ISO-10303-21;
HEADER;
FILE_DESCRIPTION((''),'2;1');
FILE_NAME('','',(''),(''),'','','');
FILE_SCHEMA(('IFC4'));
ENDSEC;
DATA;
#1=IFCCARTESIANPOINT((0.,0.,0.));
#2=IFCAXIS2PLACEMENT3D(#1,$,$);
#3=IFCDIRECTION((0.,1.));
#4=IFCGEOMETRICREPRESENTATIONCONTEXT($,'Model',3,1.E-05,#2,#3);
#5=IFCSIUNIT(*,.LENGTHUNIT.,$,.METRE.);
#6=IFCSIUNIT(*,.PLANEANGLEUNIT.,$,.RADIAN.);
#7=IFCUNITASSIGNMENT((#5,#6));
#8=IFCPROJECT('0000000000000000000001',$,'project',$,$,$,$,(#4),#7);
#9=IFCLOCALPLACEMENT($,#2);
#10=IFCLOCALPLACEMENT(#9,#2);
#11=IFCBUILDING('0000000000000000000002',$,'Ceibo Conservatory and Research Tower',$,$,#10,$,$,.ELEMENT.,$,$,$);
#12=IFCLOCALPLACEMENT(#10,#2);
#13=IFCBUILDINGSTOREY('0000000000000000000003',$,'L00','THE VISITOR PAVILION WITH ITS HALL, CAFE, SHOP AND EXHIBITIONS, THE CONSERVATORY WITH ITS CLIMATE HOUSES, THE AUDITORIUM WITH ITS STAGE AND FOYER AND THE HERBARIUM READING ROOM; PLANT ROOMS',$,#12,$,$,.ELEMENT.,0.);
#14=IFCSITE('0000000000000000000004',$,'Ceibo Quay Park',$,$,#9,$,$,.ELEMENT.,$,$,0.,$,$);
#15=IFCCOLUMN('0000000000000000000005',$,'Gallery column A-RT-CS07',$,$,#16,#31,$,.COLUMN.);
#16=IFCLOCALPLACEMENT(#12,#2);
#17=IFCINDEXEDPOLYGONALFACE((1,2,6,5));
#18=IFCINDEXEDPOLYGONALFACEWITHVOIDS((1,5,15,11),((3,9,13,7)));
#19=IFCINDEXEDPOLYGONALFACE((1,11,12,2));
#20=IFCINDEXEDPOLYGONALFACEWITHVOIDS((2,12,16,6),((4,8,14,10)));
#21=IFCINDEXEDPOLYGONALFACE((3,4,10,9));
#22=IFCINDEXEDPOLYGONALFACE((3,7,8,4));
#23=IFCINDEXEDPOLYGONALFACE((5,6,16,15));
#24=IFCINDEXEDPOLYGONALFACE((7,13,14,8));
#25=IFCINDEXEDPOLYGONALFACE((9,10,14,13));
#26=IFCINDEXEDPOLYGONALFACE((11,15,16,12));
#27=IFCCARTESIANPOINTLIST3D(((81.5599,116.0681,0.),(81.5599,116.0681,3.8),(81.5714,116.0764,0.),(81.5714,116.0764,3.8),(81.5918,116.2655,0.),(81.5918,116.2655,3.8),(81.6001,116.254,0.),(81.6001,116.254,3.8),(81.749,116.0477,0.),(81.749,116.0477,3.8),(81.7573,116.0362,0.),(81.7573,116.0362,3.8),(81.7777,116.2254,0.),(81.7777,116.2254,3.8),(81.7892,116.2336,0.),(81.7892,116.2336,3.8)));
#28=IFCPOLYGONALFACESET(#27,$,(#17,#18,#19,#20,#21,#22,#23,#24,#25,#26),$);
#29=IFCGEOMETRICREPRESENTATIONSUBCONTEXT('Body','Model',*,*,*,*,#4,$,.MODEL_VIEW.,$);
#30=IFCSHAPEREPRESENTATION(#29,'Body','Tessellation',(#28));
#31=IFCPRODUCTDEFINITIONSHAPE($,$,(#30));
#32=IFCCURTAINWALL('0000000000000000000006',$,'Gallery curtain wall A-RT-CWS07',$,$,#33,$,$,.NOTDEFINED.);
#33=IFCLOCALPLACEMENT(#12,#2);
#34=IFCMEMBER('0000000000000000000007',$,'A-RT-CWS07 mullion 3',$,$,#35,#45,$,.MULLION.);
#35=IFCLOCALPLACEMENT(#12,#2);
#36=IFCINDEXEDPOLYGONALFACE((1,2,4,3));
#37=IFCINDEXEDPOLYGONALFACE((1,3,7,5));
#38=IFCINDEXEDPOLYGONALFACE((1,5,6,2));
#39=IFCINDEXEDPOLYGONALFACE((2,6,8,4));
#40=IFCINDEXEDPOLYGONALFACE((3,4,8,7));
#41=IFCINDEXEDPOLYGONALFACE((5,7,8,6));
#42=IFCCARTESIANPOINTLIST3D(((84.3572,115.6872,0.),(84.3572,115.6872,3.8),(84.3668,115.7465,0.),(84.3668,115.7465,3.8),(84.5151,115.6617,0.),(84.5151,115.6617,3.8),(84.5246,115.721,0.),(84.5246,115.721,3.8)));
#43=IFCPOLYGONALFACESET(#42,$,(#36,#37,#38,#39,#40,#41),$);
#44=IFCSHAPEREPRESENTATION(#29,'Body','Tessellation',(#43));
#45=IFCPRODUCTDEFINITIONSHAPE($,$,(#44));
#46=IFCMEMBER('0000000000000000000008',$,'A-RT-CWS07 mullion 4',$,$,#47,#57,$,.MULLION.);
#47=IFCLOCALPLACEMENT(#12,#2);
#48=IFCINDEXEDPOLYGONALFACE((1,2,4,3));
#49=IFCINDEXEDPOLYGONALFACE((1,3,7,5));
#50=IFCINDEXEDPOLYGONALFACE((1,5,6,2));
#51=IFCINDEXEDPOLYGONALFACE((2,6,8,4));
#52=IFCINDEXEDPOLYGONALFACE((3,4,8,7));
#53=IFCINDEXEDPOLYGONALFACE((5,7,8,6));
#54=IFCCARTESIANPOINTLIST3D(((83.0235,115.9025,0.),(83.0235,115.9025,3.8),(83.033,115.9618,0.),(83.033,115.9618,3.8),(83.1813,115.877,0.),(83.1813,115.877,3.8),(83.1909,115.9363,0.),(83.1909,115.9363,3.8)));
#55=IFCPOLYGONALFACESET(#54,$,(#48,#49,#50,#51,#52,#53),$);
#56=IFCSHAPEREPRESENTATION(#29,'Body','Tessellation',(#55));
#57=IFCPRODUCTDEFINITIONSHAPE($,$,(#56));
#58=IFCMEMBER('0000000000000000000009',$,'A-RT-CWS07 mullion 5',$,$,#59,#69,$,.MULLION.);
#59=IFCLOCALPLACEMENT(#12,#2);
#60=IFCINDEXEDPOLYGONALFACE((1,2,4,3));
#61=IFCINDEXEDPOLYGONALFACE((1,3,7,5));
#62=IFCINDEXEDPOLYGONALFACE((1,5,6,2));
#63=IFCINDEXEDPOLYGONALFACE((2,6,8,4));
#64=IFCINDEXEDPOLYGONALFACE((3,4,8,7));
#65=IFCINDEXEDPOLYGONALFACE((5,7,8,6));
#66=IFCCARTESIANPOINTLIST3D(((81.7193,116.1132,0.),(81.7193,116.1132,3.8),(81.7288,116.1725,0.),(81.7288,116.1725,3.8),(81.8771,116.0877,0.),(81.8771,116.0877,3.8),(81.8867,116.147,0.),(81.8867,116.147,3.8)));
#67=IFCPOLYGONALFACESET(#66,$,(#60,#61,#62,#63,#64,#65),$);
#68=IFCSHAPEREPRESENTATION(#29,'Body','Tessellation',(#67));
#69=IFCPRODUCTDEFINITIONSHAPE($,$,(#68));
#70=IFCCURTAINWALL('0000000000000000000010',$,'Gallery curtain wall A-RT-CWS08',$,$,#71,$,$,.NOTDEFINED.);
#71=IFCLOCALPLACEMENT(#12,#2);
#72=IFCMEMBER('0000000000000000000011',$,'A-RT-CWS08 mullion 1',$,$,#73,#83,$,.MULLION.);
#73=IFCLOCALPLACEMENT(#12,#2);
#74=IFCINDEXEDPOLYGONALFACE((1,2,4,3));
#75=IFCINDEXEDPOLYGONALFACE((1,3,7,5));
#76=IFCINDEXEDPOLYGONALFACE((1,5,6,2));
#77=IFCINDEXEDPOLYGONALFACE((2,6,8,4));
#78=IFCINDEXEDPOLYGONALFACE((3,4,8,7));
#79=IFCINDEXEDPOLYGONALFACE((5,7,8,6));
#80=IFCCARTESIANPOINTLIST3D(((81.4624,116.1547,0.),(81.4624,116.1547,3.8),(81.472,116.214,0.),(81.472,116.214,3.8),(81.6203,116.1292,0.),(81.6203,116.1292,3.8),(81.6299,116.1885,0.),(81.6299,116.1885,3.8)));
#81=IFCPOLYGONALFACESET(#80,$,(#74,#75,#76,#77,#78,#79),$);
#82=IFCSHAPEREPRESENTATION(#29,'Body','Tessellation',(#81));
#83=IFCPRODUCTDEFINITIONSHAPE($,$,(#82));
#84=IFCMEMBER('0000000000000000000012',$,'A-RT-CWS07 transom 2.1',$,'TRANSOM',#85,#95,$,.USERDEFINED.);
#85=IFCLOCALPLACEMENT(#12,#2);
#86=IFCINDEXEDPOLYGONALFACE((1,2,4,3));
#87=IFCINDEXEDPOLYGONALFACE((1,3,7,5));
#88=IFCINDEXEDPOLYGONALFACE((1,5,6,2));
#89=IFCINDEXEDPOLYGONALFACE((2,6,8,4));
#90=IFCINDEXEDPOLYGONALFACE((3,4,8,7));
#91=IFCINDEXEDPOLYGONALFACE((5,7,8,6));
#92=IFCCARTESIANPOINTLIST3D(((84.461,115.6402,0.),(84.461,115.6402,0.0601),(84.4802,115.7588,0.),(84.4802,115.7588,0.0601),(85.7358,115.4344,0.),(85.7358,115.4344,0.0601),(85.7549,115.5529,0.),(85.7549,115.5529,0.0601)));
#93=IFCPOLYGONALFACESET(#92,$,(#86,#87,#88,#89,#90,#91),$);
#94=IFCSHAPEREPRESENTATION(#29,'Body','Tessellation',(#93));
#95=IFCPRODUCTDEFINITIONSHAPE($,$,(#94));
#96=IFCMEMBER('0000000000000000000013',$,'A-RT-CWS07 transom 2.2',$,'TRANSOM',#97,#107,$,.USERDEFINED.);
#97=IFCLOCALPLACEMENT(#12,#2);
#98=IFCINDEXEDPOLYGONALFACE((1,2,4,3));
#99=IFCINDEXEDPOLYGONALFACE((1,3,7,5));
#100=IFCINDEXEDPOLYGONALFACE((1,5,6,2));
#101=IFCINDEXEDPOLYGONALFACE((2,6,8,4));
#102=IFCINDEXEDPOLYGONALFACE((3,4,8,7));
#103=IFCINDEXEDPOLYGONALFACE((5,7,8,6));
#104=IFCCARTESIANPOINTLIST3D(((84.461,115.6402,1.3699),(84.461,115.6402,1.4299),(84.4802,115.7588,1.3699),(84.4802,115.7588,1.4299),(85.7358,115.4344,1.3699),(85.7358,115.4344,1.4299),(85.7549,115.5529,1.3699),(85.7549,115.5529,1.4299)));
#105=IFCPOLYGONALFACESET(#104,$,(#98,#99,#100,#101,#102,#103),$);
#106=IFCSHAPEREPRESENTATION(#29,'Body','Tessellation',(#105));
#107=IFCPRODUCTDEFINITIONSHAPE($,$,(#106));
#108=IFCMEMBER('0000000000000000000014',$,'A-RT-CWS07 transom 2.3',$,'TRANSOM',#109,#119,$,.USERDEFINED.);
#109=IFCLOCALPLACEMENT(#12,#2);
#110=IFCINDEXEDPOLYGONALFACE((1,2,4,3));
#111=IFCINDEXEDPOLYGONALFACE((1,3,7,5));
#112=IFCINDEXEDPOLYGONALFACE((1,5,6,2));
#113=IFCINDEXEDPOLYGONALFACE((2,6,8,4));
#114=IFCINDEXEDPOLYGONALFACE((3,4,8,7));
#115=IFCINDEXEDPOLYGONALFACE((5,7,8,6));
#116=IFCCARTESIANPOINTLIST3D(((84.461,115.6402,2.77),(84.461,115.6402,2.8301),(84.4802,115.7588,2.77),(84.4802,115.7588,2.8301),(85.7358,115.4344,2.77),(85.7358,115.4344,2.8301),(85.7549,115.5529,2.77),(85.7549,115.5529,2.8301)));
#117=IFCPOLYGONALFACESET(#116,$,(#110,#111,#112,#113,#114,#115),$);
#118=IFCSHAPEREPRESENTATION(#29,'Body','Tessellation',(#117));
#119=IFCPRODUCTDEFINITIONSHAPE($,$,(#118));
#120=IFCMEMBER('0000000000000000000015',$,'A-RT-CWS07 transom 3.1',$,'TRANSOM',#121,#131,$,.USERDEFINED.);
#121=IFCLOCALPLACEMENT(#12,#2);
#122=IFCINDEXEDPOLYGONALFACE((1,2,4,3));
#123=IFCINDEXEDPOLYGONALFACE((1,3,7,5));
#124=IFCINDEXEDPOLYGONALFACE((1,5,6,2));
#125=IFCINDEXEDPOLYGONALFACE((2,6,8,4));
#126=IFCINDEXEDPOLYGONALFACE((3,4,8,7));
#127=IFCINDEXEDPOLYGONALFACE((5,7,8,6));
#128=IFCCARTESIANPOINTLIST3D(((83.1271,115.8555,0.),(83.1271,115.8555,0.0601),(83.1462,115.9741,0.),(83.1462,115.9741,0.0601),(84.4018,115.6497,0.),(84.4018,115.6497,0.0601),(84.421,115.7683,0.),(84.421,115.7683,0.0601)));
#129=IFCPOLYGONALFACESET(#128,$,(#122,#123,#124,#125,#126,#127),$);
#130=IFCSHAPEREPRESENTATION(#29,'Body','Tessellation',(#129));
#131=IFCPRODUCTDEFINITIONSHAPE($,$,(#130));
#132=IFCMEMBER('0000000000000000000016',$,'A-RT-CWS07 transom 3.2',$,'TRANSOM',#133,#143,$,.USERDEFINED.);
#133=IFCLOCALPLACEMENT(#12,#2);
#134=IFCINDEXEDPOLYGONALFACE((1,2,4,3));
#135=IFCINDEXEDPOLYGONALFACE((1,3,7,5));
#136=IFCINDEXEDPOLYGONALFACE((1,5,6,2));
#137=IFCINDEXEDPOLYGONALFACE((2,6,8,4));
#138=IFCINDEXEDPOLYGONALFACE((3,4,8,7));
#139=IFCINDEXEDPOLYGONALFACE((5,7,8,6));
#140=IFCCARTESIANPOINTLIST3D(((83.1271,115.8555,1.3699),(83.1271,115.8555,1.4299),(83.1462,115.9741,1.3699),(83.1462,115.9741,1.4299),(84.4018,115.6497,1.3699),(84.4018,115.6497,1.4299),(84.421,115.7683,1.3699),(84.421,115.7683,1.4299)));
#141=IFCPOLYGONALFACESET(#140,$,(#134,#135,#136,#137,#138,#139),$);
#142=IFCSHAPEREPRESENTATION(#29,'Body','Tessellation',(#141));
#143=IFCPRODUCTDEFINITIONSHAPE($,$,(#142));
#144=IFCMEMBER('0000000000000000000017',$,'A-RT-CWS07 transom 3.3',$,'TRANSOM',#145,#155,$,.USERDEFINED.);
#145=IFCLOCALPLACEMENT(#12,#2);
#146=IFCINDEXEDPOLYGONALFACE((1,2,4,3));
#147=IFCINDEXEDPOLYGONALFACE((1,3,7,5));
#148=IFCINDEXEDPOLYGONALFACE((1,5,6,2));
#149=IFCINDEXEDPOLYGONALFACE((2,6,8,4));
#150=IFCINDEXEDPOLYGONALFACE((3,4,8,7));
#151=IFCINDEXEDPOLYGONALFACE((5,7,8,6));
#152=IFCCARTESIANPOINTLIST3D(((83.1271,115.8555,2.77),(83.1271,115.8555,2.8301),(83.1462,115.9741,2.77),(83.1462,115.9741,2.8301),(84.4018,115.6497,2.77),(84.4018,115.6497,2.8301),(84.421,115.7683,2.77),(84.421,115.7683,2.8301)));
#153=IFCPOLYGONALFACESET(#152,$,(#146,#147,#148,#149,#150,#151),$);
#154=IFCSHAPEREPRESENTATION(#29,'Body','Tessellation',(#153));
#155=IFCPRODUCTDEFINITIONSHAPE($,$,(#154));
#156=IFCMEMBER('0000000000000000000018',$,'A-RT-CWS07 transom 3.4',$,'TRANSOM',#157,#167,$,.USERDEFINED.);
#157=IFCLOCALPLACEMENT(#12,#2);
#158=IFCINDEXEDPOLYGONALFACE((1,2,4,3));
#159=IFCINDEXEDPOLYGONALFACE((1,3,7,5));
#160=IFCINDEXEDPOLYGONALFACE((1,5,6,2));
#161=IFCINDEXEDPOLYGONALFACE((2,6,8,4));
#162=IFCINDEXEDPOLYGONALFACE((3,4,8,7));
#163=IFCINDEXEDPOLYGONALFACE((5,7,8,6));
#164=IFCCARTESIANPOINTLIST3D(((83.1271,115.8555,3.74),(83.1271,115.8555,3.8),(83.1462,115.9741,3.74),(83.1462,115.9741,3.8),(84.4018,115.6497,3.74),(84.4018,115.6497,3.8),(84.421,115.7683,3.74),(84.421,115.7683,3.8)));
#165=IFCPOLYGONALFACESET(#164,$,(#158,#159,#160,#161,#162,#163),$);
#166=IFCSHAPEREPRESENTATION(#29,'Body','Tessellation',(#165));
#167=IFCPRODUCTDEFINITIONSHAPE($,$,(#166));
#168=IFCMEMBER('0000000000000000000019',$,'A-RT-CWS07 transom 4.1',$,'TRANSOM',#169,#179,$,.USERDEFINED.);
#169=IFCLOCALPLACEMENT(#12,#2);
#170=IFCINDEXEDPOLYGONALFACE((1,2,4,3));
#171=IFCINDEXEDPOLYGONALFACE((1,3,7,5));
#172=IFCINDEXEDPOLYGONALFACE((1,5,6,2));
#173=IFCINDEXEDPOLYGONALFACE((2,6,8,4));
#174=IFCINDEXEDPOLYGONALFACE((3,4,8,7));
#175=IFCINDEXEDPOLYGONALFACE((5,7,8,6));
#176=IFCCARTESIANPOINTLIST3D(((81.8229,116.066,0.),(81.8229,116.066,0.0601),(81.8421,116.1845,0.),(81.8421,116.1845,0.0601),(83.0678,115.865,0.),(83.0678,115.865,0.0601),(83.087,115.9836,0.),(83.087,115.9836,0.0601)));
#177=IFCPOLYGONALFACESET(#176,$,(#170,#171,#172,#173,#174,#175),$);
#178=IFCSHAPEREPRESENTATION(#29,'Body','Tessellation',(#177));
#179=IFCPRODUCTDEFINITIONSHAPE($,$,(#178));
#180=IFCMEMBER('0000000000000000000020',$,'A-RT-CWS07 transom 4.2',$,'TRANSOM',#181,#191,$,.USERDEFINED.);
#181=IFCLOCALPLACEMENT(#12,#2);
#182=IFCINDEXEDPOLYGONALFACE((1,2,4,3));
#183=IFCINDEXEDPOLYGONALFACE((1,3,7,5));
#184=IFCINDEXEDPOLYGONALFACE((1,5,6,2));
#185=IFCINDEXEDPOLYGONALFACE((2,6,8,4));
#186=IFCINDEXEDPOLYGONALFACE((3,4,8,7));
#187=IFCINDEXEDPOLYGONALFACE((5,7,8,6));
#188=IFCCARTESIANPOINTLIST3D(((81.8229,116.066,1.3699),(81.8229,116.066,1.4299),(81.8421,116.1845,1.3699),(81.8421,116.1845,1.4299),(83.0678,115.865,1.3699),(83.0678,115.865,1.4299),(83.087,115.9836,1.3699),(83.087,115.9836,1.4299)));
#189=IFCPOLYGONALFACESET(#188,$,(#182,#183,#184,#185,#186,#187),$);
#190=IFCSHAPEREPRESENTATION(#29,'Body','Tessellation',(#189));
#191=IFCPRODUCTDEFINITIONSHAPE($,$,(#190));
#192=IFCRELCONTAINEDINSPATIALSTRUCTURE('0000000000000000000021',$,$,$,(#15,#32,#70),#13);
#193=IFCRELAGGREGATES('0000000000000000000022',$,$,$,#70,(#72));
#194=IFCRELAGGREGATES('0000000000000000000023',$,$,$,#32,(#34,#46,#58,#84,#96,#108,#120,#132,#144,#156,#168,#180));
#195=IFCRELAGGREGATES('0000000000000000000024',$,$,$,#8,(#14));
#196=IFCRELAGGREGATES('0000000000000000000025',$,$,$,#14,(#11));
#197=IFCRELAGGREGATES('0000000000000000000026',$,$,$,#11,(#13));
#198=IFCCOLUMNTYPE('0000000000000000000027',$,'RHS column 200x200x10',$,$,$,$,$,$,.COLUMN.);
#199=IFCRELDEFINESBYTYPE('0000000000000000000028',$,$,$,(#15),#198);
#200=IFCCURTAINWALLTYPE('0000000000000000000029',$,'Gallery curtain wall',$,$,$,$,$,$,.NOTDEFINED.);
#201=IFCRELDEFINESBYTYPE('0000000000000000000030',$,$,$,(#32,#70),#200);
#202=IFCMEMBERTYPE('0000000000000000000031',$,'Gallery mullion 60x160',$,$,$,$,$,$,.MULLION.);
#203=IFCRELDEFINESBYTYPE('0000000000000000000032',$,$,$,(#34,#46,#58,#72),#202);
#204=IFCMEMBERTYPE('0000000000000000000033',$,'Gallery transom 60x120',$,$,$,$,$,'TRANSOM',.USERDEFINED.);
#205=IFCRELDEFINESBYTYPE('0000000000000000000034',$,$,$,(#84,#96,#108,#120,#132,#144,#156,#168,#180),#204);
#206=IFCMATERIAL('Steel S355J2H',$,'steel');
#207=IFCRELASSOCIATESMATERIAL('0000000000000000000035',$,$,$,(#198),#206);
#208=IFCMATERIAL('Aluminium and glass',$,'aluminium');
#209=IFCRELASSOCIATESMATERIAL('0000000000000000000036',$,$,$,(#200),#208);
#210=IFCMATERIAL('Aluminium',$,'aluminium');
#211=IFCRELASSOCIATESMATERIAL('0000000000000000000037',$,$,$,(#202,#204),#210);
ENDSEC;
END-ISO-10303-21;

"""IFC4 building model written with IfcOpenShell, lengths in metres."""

from ifc_helpers import new_model, si_unit, direction, frame, origin, origin_2d, place, context, subcontext, project, spatial, rectangle, hollow_rectangle, extrude, material, material_profile, profile_set, type_object, element, aggregate, save


model = new_model("IFC4")

# Units and contexts
model_context = context("Model", 3, precision=1e-05, world=origin(), true_north=direction((0.0, 1.0)))
body_context = subcontext(model_context, "Body", "Model", "MODEL_VIEW")
ifc_project = project(units=[si_unit("LENGTHUNIT", "METRE"), si_unit("PLANEANGLEUNIT", "RADIAN")], contexts=[model_context])

# Site, building, storey
site_placement = place(None, origin())
site = spatial("IfcSite", under=ifc_project, at=site_placement, Name="Ceibo Quay Park", CompositionType="ELEMENT", RefElevation=0.0)
building_placement = place(site_placement, origin())
building = spatial("IfcBuilding", under=site, at=building_placement, Name="Ceibo Conservatory and Research Tower", CompositionType="ELEMENT")
storey_placement = place(building_placement, origin())
storey = spatial("IfcBuildingStorey", under=building, at=storey_placement, Name="L00", Description="THE VISITOR PAVILION WITH ITS HALL, CAFE, SHOP AND EXHIBITIONS, THE CONSERVATORY WITH ITS CLIMATE HOUSES, THE AUDITORIUM WITH ITS STAGE AND FOYER AND THE HERBARIUM READING ROOM; PLANT ROOMS", CompositionType="ELEMENT", Elevation=0.0)

# Column
ifc_material_1 = material(Name="Steel S355J2H", Category="steel")
ifc_material_profile_1 = material_profile(ifc_material_1, hollow_rectangle(XDim=0.2, YDim=0.2, WallThickness=0.01, at=origin_2d()), Name="RHS column 200x200x10")
ifc_profile_set_1 = profile_set([ifc_material_profile_1], Name="Steel S355J2H")
column_type = type_object("IfcColumnType", Name="RHS column 200x200x10", PredefinedType="COLUMN", material=ifc_profile_set_1)
column_placement = place(storey_placement, frame((81.6746, 116.1509, 0.0), z_axis=(0.0, 0.0, 1.0), x_axis=(-0.987216, 0.159391, 0.0)))
element("IfcColumn", 1, at=column_placement, inside=storey, type_object=column_type, Name="Gallery column A-RT-CS07", PredefinedType="COLUMN", context=body_context, shape_type="SweptSolid", body=[
    extrude(hollow_rectangle(XDim=0.2, YDim=0.2, WallThickness=0.01, at=origin_2d()), origin(), (0.0, 0.0, 1.0), 3.8),
])

# Curtain wall, members
ifc_material_2 = material(Name="Aluminium and glass", Category="aluminium")
curtain_wall_type = type_object("IfcCurtainWallType", Name="Gallery curtain wall", PredefinedType="NOTDEFINED", material=ifc_material_2)
curtain_wall_1_placement = place(storey_placement, origin())
curtain_wall_1 = element("IfcCurtainWall", 2, at=curtain_wall_1_placement, inside=storey, type_object=curtain_wall_type, Name="Gallery curtain wall A-RT-CWS07", PredefinedType="NOTDEFINED")
ifc_material_3 = material(Name="Aluminium", Category="aluminium")
ifc_material_profile_2 = material_profile(ifc_material_3, rectangle(XDim=0.0601, YDim=0.1599, at=origin_2d()), Name="AL 60x160")
ifc_profile_set_2 = profile_set([ifc_material_profile_2], Name="Aluminium")
member_type_1 = type_object("IfcMemberType", Name="Gallery mullion 60x160", PredefinedType="MULLION", material=ifc_profile_set_2)
member_1_placement = place(storey_placement, frame((84.4409, 115.7041, 0.0), z_axis=(0.0, 0.0, 1.0), x_axis=(-0.159391, -0.987216, 0.0)))
member_1 = element("IfcMember", 3, at=member_1_placement, type_object=member_type_1, Name="A-RT-CWS07 mullion 3", PredefinedType="MULLION", context=body_context, shape_type="SweptSolid", body=[
    extrude(rectangle(XDim=0.0601, YDim=0.1599, at=origin_2d()), origin(), (0.0, 0.0, 1.0), 3.8),
])
member_2_placement = place(storey_placement, frame((83.1072, 115.9194, 0.0), z_axis=(0.0, 0.0, 1.0), x_axis=(-0.159391, -0.987216, 0.0)))
member_2 = element("IfcMember", 4, at=member_2_placement, type_object=member_type_1, Name="A-RT-CWS07 mullion 4", PredefinedType="MULLION", context=body_context, shape_type="SweptSolid", body=[
    extrude(rectangle(XDim=0.0601, YDim=0.1599, at=origin_2d()), origin(), (0.0, 0.0, 1.0), 3.8),
])
member_3_placement = place(storey_placement, frame((81.803, 116.1301, 0.0), z_axis=(0.0, 0.0, 1.0), x_axis=(-0.159391, -0.987216, 0.0)))
member_3 = element("IfcMember", 5, at=member_3_placement, type_object=member_type_1, Name="A-RT-CWS07 mullion 5", PredefinedType="MULLION", context=body_context, shape_type="SweptSolid", body=[
    extrude(rectangle(XDim=0.0601, YDim=0.1599, at=origin_2d()), origin(), (0.0, 0.0, 1.0), 3.8),
])

# Curtain wall, member
curtain_wall_2_placement = place(storey_placement, origin())
curtain_wall_2 = element("IfcCurtainWall", 6, at=curtain_wall_2_placement, inside=storey, type_object=curtain_wall_type, Name="Gallery curtain wall A-RT-CWS08", PredefinedType="NOTDEFINED")
member_4_placement = place(storey_placement, frame((81.5461, 116.1716, 0.0), z_axis=(0.0, 0.0, 1.0), x_axis=(-0.159391, -0.987216, 0.0)))
member_4 = element("IfcMember", 7, at=member_4_placement, type_object=member_type_1, Name="A-RT-CWS08 mullion 1", PredefinedType="MULLION", context=body_context, shape_type="SweptSolid", body=[
    extrude(rectangle(XDim=0.0601, YDim=0.1599, at=origin_2d()), origin(), (0.0, 0.0, 1.0), 3.8),
])

# Members
ifc_material_profile_3 = material_profile(ifc_material_3, rectangle(XDim=0.1201, YDim=0.0601, at=origin_2d()), Name="AL 60x120")
ifc_profile_set_3 = profile_set([ifc_material_profile_3], Name="Aluminium")
member_type_2 = type_object("IfcMemberType", Name="Gallery transom 60x120", ElementType="TRANSOM", PredefinedType="USERDEFINED", material=ifc_profile_set_3)
member_5_placement = place(storey_placement, frame((85.7454, 115.4937, 0.03), z_axis=(-0.987214, 0.159399, 0.0), x_axis=(-0.159399, -0.987214, 0.0)))
member_5 = element("IfcMember", 8, at=member_5_placement, type_object=member_type_2, Name="A-RT-CWS07 transom 2.1", ObjectType="TRANSOM", PredefinedType="USERDEFINED", context=body_context, shape_type="SweptSolid", body=[
    extrude(rectangle(XDim=0.1201, YDim=0.0601, at=origin_2d()), origin(), (0.0, 0.0, 1.0), 1.2913),
])
member_6_placement = place(storey_placement, frame((85.7454, 115.4937, 1.3999), z_axis=(-0.987214, 0.159399, 0.0), x_axis=(-0.159399, -0.987214, 0.0)))
member_6 = element("IfcMember", 9, at=member_6_placement, type_object=member_type_2, Name="A-RT-CWS07 transom 2.2", ObjectType="TRANSOM", PredefinedType="USERDEFINED", context=body_context, shape_type="SweptSolid", body=[
    extrude(rectangle(XDim=0.1201, YDim=0.0601, at=origin_2d()), origin(), (0.0, 0.0, 1.0), 1.2913),
])
member_7_placement = place(storey_placement, frame((85.7454, 115.4937, 2.8), z_axis=(-0.987214, 0.159399, 0.0), x_axis=(-0.159399, -0.987214, 0.0)))
member_7 = element("IfcMember", 10, at=member_7_placement, type_object=member_type_2, Name="A-RT-CWS07 transom 2.3", ObjectType="TRANSOM", PredefinedType="USERDEFINED", context=body_context, shape_type="SweptSolid", body=[
    extrude(rectangle(XDim=0.1201, YDim=0.0601, at=origin_2d()), origin(), (0.0, 0.0, 1.0), 1.2913),
])
member_8_placement = place(storey_placement, frame((84.4114, 115.709, 0.03), z_axis=(-0.987214, 0.159399, 0.0), x_axis=(-0.159399, -0.987214, 0.0)))
member_8 = element("IfcMember", 11, at=member_8_placement, type_object=member_type_2, Name="A-RT-CWS07 transom 3.1", ObjectType="TRANSOM", PredefinedType="USERDEFINED", context=body_context, shape_type="SweptSolid", body=[
    extrude(rectangle(XDim=0.1201, YDim=0.0601, at=origin_2d()), origin(), (0.0, 0.0, 1.0), 1.2913),
])
member_9_placement = place(storey_placement, frame((84.4114, 115.709, 1.3999), z_axis=(-0.987214, 0.159399, 0.0), x_axis=(-0.159399, -0.987214, 0.0)))
member_9 = element("IfcMember", 12, at=member_9_placement, type_object=member_type_2, Name="A-RT-CWS07 transom 3.2", ObjectType="TRANSOM", PredefinedType="USERDEFINED", context=body_context, shape_type="SweptSolid", body=[
    extrude(rectangle(XDim=0.1201, YDim=0.0601, at=origin_2d()), origin(), (0.0, 0.0, 1.0), 1.2913),
])
member_10_placement = place(storey_placement, frame((84.4114, 115.709, 2.8), z_axis=(-0.987214, 0.159399, 0.0), x_axis=(-0.159399, -0.987214, 0.0)))
member_10 = element("IfcMember", 13, at=member_10_placement, type_object=member_type_2, Name="A-RT-CWS07 transom 3.3", ObjectType="TRANSOM", PredefinedType="USERDEFINED", context=body_context, shape_type="SweptSolid", body=[
    extrude(rectangle(XDim=0.1201, YDim=0.0601, at=origin_2d()), origin(), (0.0, 0.0, 1.0), 1.2913),
])
member_11_placement = place(storey_placement, frame((84.4114, 115.709, 3.77), z_axis=(-0.987214, 0.159399, 0.0), x_axis=(-0.159399, -0.987214, 0.0)))
member_11 = element("IfcMember", 14, at=member_11_placement, type_object=member_type_2, Name="A-RT-CWS07 transom 3.4", ObjectType="TRANSOM", PredefinedType="USERDEFINED", context=body_context, shape_type="SweptSolid", body=[
    extrude(rectangle(XDim=0.1201, YDim=0.0601, at=origin_2d()), origin(), (0.0, 0.0, 1.0), 1.2913),
])
member_12_placement = place(storey_placement, frame((83.0774, 115.9243, 0.03), z_axis=(-0.987223, 0.159342, 0.0), x_axis=(-0.159342, -0.987223, 0.0)))
member_12 = element("IfcMember", 15, at=member_12_placement, type_object=member_type_2, Name="A-RT-CWS07 transom 4.1", ObjectType="TRANSOM", PredefinedType="USERDEFINED", context=body_context, shape_type="SweptSolid", body=[
    extrude(rectangle(XDim=0.1201, YDim=0.0601, at=origin_2d()), origin(), (0.0, 0.0, 1.0), 1.261),
])
member_13_placement = place(storey_placement, frame((83.0774, 115.9243, 1.3999), z_axis=(-0.987223, 0.159342, 0.0), x_axis=(-0.159342, -0.987223, 0.0)))
member_13 = element("IfcMember", 16, at=member_13_placement, type_object=member_type_2, Name="A-RT-CWS07 transom 4.2", ObjectType="TRANSOM", PredefinedType="USERDEFINED", context=body_context, shape_type="SweptSolid", body=[
    extrude(rectangle(XDim=0.1201, YDim=0.0601, at=origin_2d()), origin(), (0.0, 0.0, 1.0), 1.261),
])
aggregate(curtain_wall_2, [member_4])

aggregate(curtain_wall_1, [member_1, member_2, member_3, member_5, member_6, member_7, member_8, member_9, member_10, member_11, member_12, member_13])

save(model, "model.ifc")
